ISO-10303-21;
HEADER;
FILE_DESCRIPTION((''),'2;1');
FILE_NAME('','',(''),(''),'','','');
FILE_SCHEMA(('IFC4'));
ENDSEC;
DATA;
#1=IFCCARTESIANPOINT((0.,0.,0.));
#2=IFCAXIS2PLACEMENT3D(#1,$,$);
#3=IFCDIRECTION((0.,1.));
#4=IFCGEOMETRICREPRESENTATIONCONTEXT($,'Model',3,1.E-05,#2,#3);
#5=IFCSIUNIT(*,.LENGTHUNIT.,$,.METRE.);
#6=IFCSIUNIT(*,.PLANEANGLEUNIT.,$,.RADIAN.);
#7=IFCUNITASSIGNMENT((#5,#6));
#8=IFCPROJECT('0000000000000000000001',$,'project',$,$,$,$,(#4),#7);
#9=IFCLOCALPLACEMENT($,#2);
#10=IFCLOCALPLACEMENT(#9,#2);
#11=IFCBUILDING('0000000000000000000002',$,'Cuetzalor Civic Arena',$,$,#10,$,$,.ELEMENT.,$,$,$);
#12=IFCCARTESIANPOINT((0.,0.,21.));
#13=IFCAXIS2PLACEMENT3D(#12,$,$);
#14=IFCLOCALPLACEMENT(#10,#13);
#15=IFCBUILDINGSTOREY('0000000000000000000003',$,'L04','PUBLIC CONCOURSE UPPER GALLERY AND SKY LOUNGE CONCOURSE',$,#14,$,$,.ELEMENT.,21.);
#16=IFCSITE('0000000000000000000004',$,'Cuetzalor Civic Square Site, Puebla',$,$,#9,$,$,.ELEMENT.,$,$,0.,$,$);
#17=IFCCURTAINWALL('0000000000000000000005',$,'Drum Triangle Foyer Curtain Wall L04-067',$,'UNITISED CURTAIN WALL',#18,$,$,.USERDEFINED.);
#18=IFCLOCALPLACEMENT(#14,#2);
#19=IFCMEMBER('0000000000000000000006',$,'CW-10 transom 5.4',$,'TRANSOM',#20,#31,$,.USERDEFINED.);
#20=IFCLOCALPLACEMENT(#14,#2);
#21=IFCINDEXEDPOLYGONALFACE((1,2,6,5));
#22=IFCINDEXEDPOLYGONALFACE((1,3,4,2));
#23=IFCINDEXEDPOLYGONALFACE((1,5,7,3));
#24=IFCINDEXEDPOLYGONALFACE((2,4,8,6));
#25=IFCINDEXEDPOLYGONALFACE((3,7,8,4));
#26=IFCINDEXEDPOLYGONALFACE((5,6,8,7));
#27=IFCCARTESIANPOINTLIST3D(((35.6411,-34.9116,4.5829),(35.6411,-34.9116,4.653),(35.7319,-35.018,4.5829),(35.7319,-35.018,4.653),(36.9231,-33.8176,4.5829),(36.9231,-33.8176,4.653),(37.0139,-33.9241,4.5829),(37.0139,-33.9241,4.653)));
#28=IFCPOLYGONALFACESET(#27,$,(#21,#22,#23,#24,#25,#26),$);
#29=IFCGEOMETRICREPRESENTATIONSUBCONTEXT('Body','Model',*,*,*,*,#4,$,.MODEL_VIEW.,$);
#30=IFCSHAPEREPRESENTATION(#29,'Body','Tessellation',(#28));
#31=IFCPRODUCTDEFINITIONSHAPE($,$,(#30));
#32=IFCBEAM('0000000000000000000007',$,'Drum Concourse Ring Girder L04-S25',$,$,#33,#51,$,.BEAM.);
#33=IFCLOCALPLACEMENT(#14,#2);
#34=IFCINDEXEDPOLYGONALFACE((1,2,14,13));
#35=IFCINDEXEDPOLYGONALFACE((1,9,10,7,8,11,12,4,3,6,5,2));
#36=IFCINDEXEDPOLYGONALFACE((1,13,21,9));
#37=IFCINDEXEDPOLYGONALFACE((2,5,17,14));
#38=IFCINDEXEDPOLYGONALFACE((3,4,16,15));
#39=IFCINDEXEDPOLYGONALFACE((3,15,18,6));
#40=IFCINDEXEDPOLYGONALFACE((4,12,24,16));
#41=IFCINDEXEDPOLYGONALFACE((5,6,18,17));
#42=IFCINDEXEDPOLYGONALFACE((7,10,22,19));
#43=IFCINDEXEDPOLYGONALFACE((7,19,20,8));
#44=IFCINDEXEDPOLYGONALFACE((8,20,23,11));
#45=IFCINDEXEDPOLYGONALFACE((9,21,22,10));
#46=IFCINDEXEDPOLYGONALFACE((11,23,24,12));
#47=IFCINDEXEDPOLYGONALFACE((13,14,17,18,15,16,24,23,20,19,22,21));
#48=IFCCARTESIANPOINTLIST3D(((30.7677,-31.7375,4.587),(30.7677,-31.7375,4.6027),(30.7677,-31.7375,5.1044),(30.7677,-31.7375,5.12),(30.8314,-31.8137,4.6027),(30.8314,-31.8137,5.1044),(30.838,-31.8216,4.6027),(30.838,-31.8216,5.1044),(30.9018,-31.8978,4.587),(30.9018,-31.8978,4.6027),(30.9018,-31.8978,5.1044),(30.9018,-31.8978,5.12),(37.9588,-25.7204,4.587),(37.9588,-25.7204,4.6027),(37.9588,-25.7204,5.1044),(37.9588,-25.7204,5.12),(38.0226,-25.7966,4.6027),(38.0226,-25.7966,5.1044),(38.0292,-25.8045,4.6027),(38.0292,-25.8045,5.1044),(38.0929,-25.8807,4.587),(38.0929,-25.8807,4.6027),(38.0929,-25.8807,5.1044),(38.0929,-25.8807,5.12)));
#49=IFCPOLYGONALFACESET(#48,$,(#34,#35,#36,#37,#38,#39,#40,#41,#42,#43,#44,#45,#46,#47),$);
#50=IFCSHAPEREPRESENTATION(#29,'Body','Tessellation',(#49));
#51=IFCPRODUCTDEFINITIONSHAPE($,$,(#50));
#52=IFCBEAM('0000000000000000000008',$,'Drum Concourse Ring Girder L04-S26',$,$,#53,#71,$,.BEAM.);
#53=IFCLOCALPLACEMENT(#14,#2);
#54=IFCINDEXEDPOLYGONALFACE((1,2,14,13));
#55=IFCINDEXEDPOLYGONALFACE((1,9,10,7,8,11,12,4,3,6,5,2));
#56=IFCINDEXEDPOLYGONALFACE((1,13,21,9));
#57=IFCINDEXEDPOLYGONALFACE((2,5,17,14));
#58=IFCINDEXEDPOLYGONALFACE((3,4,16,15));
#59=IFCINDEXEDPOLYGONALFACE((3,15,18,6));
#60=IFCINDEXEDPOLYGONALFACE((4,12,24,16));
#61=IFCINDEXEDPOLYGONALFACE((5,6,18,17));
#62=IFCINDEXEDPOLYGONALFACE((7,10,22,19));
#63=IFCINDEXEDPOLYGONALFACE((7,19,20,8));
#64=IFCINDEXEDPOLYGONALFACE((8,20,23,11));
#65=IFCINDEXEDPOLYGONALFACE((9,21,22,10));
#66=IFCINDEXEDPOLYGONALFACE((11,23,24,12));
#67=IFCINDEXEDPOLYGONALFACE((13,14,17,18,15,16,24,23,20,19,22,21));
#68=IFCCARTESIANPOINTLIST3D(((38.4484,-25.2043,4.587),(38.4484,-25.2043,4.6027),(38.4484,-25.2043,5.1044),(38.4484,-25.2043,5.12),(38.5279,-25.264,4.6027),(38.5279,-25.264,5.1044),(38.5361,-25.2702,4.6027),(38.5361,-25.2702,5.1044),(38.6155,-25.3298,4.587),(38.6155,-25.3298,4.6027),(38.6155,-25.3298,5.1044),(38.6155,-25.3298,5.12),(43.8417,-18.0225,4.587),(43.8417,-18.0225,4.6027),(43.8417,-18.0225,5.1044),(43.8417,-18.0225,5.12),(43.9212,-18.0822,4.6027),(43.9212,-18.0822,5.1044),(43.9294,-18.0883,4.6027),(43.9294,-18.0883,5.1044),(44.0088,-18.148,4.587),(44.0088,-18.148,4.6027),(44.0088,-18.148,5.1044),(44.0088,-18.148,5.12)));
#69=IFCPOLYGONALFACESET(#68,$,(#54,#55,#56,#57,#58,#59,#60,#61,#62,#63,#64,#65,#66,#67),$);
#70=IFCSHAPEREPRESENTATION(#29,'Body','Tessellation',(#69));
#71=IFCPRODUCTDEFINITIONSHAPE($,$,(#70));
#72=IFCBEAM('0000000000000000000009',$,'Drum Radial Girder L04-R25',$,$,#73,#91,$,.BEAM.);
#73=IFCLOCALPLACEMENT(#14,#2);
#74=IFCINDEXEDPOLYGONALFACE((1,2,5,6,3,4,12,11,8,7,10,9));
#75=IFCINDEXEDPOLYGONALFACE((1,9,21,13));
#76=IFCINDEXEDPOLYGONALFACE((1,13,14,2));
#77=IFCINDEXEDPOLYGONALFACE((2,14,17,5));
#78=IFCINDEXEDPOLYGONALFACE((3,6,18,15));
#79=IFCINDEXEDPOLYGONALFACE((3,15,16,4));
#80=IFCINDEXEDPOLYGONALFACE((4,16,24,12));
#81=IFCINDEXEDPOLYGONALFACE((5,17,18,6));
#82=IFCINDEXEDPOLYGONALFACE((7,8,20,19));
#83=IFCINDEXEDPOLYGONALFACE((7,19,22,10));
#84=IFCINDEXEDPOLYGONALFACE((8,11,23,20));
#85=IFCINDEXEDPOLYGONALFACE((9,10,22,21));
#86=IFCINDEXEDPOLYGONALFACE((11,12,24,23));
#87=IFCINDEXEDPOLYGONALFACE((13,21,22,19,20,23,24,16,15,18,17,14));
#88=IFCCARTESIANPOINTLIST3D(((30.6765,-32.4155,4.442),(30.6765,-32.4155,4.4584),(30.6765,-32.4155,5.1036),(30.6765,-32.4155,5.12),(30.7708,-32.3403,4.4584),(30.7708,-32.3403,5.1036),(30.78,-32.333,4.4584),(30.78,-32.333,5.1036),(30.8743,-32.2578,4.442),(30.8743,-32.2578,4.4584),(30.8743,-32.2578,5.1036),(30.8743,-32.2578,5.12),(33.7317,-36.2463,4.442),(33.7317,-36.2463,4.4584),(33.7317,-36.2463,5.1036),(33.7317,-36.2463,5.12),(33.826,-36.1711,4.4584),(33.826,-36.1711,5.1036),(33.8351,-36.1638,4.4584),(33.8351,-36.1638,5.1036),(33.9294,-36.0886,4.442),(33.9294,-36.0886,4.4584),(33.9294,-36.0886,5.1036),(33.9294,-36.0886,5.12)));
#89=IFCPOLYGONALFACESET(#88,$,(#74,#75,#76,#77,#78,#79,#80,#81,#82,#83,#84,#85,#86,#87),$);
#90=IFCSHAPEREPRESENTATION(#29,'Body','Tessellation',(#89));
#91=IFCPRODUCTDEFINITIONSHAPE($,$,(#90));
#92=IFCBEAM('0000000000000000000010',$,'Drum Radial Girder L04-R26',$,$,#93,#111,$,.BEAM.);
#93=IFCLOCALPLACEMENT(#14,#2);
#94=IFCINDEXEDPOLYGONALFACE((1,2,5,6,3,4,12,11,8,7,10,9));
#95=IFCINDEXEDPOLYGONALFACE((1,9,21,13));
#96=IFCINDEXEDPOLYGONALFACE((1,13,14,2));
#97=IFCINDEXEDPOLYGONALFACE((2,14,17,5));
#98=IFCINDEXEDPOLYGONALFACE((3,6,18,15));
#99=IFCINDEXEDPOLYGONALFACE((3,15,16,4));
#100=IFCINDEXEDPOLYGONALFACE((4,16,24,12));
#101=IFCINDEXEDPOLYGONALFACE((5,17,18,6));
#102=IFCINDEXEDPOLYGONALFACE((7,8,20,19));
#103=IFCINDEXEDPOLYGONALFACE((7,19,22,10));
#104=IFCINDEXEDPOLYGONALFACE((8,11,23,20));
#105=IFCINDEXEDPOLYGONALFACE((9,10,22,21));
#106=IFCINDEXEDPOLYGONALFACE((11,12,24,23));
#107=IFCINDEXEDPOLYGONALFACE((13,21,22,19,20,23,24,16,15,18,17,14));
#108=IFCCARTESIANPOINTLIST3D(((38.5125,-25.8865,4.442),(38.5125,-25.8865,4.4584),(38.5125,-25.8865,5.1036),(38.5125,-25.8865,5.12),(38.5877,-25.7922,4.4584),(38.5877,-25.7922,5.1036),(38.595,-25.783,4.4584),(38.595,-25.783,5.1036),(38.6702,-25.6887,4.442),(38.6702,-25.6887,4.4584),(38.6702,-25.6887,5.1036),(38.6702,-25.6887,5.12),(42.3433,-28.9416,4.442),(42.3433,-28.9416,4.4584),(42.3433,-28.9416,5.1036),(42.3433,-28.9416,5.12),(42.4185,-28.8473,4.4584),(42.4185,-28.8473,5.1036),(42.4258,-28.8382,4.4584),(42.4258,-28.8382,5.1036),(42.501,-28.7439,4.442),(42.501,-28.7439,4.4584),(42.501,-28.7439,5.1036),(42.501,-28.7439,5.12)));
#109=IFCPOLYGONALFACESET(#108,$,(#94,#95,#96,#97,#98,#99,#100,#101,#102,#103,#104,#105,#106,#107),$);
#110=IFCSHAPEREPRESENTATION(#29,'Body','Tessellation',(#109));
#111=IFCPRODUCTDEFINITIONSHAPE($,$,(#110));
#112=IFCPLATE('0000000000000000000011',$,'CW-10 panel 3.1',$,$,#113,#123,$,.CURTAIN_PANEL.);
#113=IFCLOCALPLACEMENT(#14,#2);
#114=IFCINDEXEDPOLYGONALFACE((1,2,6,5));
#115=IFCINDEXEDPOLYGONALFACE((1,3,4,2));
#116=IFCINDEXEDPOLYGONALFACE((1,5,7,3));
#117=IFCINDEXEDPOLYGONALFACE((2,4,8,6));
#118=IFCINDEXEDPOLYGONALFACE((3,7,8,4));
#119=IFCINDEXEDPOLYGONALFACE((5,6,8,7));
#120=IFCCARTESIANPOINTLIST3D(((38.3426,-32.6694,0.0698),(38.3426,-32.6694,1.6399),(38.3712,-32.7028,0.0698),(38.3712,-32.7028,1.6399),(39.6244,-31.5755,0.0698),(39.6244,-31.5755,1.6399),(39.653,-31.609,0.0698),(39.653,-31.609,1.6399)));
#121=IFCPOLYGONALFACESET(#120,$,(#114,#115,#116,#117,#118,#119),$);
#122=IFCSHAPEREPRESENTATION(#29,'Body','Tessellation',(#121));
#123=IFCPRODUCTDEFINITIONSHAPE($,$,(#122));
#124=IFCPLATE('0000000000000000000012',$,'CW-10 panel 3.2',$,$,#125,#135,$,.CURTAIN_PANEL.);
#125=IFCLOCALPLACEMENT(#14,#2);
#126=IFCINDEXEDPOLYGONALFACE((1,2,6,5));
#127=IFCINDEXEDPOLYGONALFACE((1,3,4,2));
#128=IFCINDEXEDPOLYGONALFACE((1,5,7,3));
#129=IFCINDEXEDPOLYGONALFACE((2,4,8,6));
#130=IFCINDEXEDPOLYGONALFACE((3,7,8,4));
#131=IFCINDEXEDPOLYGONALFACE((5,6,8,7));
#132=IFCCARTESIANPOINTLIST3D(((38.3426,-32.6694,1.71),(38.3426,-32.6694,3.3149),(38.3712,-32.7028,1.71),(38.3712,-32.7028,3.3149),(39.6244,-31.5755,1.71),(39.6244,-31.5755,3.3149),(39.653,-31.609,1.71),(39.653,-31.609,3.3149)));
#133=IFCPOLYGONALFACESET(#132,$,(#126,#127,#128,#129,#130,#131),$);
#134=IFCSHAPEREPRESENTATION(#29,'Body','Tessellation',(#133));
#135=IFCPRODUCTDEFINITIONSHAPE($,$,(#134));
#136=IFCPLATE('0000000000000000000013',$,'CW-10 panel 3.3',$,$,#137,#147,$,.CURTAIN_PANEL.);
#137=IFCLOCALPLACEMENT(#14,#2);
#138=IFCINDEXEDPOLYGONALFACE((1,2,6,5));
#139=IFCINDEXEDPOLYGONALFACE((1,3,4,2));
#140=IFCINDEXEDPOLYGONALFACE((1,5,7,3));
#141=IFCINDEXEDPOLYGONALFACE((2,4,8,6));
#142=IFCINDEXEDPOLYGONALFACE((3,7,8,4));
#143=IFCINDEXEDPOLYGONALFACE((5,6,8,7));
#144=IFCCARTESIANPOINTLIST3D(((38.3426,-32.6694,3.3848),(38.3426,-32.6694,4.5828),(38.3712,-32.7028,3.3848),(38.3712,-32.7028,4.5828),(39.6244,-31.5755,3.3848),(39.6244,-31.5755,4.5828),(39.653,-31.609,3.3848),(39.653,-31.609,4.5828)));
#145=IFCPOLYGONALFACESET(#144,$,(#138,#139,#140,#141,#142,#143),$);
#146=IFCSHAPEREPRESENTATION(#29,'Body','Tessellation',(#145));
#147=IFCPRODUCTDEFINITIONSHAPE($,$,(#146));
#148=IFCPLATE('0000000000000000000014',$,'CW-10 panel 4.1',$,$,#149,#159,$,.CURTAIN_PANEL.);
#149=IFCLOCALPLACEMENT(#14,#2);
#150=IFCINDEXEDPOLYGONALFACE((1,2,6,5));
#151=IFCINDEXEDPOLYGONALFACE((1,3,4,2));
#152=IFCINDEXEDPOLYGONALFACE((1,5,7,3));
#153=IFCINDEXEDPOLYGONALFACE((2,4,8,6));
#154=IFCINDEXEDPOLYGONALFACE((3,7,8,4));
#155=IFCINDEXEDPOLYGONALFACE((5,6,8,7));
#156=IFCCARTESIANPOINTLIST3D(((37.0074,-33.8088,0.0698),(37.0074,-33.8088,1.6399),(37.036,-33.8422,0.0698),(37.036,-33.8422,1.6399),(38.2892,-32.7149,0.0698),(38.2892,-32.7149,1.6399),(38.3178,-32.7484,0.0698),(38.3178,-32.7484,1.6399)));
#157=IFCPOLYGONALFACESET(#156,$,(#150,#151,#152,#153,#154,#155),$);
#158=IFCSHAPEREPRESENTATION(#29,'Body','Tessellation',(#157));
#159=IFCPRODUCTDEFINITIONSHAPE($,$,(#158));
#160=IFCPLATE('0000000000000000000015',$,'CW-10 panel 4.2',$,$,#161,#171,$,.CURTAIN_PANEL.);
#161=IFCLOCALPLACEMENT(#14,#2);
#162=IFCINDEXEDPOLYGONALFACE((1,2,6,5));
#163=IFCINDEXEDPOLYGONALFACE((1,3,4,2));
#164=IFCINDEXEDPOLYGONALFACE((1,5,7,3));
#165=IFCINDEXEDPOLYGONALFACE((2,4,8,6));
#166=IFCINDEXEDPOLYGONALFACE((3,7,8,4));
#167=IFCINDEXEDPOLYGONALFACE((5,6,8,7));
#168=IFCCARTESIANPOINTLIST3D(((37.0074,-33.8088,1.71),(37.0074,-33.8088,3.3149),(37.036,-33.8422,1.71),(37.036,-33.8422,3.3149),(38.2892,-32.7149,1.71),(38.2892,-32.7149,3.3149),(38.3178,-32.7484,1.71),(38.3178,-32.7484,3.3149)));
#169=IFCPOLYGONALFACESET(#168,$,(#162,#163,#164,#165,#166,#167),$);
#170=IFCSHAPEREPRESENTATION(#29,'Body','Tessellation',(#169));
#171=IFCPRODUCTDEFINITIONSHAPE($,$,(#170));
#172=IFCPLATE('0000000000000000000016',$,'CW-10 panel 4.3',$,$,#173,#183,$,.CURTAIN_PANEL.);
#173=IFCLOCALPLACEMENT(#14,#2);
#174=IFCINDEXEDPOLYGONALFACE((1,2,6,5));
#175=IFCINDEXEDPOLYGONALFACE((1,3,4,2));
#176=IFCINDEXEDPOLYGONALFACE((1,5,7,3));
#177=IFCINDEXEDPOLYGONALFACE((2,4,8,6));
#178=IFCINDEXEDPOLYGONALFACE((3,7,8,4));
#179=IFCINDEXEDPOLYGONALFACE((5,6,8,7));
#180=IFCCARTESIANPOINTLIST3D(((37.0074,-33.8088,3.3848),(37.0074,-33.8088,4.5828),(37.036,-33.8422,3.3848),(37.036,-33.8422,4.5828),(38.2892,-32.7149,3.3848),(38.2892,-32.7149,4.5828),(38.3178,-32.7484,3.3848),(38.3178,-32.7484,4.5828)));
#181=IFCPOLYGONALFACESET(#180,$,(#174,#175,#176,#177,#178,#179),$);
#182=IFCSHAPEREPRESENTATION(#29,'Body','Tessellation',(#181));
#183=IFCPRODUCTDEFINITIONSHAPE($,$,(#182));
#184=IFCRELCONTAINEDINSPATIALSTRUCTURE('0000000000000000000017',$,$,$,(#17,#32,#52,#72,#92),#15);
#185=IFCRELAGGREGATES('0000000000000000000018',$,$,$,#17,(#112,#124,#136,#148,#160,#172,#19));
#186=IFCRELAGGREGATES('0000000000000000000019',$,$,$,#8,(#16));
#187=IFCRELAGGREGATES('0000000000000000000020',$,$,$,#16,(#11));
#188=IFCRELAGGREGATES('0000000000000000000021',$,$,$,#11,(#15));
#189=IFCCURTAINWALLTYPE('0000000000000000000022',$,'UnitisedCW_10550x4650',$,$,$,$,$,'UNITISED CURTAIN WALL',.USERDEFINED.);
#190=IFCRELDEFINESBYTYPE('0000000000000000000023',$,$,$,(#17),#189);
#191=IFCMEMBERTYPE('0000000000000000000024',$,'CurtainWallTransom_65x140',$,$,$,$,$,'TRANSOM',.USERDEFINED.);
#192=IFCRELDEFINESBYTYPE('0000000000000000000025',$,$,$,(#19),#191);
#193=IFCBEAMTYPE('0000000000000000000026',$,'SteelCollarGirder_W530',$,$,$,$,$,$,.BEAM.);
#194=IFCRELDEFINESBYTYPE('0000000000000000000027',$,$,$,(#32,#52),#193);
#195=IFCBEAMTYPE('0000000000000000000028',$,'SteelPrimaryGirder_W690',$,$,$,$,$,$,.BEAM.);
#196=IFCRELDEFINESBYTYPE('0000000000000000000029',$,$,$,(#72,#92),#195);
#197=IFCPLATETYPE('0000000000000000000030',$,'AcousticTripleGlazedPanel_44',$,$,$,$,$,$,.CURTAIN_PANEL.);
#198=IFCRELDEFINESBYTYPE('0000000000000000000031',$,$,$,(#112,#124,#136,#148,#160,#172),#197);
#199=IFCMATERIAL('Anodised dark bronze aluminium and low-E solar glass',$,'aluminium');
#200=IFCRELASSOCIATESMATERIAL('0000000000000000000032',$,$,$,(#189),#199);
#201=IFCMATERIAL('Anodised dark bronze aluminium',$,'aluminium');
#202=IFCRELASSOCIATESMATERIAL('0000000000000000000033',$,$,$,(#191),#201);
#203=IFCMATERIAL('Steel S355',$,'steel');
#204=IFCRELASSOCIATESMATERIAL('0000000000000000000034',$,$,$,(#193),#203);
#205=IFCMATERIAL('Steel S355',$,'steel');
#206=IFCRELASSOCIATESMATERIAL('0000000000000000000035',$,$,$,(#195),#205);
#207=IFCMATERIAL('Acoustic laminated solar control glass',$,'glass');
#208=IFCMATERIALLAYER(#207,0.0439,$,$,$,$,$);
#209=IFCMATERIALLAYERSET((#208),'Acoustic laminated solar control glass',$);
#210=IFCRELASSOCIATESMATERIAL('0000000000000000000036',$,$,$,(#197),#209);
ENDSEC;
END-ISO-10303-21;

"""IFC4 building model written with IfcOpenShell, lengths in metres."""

from ifc_helpers import new_model, si_unit, direction, frame, origin, origin_2d, place, context, subcontext, project, spatial, rectangle, i_section, extrude, material, layer, layer_set, material_profile, profile_set, type_object, element, aggregate, save


model = new_model("IFC4")

# Units and contexts
model_context = context("Model", 3, precision=1e-05, world=origin(), true_north=direction((0.0, 1.0)))
body_context = subcontext(model_context, "Body", "Model", "MODEL_VIEW")
ifc_project = project(units=[si_unit("LENGTHUNIT", "METRE"), si_unit("PLANEANGLEUNIT", "RADIAN")], contexts=[model_context])

# Site, building, storey
site_placement = place(None, origin())
site = spatial("IfcSite", under=ifc_project, at=site_placement, Name="Cuetzalor Civic Square Site, Puebla", CompositionType="ELEMENT", RefElevation=0.0)
building_placement = place(site_placement, origin())
building = spatial("IfcBuilding", under=site, at=building_placement, Name="Cuetzalor Civic Arena", CompositionType="ELEMENT")
storey_placement = place(building_placement, frame((0.0, 0.0, 21.0)))
storey = spatial("IfcBuildingStorey", under=building, at=storey_placement, Name="L04", Description="PUBLIC CONCOURSE UPPER GALLERY AND SKY LOUNGE CONCOURSE", CompositionType="ELEMENT", Elevation=21.0)

# Curtain wall, member
ifc_material_1 = material(Name="Anodised dark bronze aluminium and low-E solar glass", Category="aluminium")
curtain_wall_type = type_object("IfcCurtainWallType", Name="UnitisedCW_10550x4650", ElementType="UNITISED CURTAIN WALL", PredefinedType="USERDEFINED", material=ifc_material_1)
curtain_wall_placement = place(storey_placement, origin())
curtain_wall = element("IfcCurtainWall", 1, at=curtain_wall_placement, inside=storey, type_object=curtain_wall_type, Name="Drum Triangle Foyer Curtain Wall L04-067", ObjectType="UNITISED CURTAIN WALL", PredefinedType="USERDEFINED")
ifc_material_2 = material(Name="Anodised dark bronze aluminium", Category="aluminium")
ifc_material_profile_1 = material_profile(ifc_material_2, rectangle(XDim=0.1399, YDim=0.0701, at=origin_2d()), Name="ALU TRANSOM 70x140")
ifc_profile_set_1 = profile_set([ifc_material_profile_1], Name="Anodised dark bronze aluminium")
member_type_1 = type_object("IfcMemberType", Name="CurtainWallTransom_65x140", ElementType="TRANSOM", PredefinedType="USERDEFINED", material=ifc_profile_set_1)
member_1_placement = place(storey_placement, frame((36.9685, -33.8708, 4.6179), z_axis=(-0.760676, -0.649132, 0.0), x_axis=(0.649132, -0.760676, 0.0)))
member_1 = element("IfcMember", 2, at=member_1_placement, type_object=member_type_1, Name="CW-10 transom 5.4", ObjectType="TRANSOM", PredefinedType="USERDEFINED", context=body_context, shape_type="SweptSolid", body=[
    extrude(rectangle(XDim=0.1399, YDim=0.0701, at=origin_2d()), origin(), (0.0, 0.0, 1.0), 1.6853),
])

# Beams
ifc_material_3 = material(Name="Steel S355", Category="steel")
ifc_material_profile_2 = material_profile(ifc_material_3, i_section(OverallWidth=0.209, OverallDepth=0.533, WebThickness=0.0103, FlangeThickness=0.0156, at=origin_2d()), Name="W530x92")
ifc_profile_set_2 = profile_set([ifc_material_profile_2], Name="Steel S355")
beam_type_1 = type_object("IfcBeamType", Name="SteelCollarGirder_W530", PredefinedType="BEAM", material=ifc_profile_set_2)
beam_1_placement = place(storey_placement, frame((30.8347, -31.8176, 4.8535), z_axis=(0.766937, 0.641722, 0.0), x_axis=(-0.641722, 0.766937, 0.0)))
element("IfcBeam", 3, at=beam_1_placement, inside=storey, type_object=beam_type_1, Name="Drum Concourse Ring Girder L04-S25", PredefinedType="BEAM", context=body_context, shape_type="SweptSolid", body=[
    extrude(i_section(OverallWidth=0.209, OverallDepth=0.533, WebThickness=0.0103, FlangeThickness=0.0156, at=origin_2d()), origin(), (0.0, 0.0, 1.0), 9.3765),
])
beam_2_placement = place(storey_placement, frame((38.532, -25.2671, 4.8535), z_axis=(0.600491, 0.799631, 0.0), x_axis=(-0.799631, 0.600491, 0.0)))
element("IfcBeam", 4, at=beam_2_placement, inside=storey, type_object=beam_type_1, Name="Drum Concourse Ring Girder L04-S26", PredefinedType="BEAM", context=body_context, shape_type="SweptSolid", body=[
    extrude(i_section(OverallWidth=0.209, OverallDepth=0.533, WebThickness=0.0103, FlangeThickness=0.0156, at=origin_2d()), origin(), (0.0, 0.0, 1.0), 8.9814),
])
ifc_material_4 = material(Name="Steel S355", Category="steel")
ifc_material_profile_3 = material_profile(ifc_material_4, i_section(OverallWidth=0.2529, OverallDepth=0.678, WebThickness=0.0117, FlangeThickness=0.0164, at=origin_2d()), Name="W690x125")
ifc_profile_set_3 = profile_set([ifc_material_profile_3], Name="Steel S355")
beam_type_2 = type_object("IfcBeamType", Name="SteelPrimaryGirder_W690", PredefinedType="BEAM", material=ifc_profile_set_3)
for number, where, z_axis, x_axis, name in (
    (5, (30.7754, -32.3367, 4.781), (0.623516, -0.781811, 0.0), (0.781811, 0.623516, 0.0), "Drum Radial Girder L04-R25"),
    (6, (38.5913, -25.7876, 4.781), (0.781811, -0.623516, 0.0), (0.623516, 0.781811, 0.0), "Drum Radial Girder L04-R26"),
):
    element("IfcBeam", number, at=place(storey_placement, frame(where, z_axis=z_axis, x_axis=x_axis)), inside=storey, type_object=beam_type_2, Name=name, PredefinedType="BEAM", context=body_context, shape_type="SweptSolid", body=[
        extrude(i_section(OverallWidth=0.2529, OverallDepth=0.678, WebThickness=0.0117, FlangeThickness=0.0164, at=origin_2d()), origin(), (0.0, 0.0, 1.0), 4.8999),
    ])

# Plates
ifc_material_5 = material(Name="Acoustic laminated solar control glass", Category="glass")
ifc_layer = layer(ifc_material_5, 0.0439)
ifc_layer_set = layer_set([ifc_layer], Name="Acoustic laminated solar control glass")
plate_type = type_object("IfcPlateType", Name="AcousticTripleGlazedPanel_44", PredefinedType="CURTAIN_PANEL", material=ifc_layer_set)
plate_1_placement = place(storey_placement, frame((38.9978, -32.1392, 0.0698), z_axis=(0.0, 0.0, 1.0), x_axis=(-0.760677, -0.64913, 0.0)))
plate_1 = element("IfcPlate", 7, at=plate_1_placement, type_object=plate_type, Name="CW-10 panel 3.1", PredefinedType="CURTAIN_PANEL", context=body_context, shape_type="SweptSolid", body=[
    extrude(rectangle(XDim=1.6851, YDim=0.0439, at=origin_2d()), origin(), (0.0, 0.0, 1.0), 1.5701),
])
plate_2_placement = place(storey_placement, frame((38.9978, -32.1392, 1.71), z_axis=(0.0, 0.0, 1.0), x_axis=(-0.760677, -0.64913, 0.0)))
plate_2 = element("IfcPlate", 8, at=plate_2_placement, type_object=plate_type, Name="CW-10 panel 3.2", PredefinedType="CURTAIN_PANEL", context=body_context, shape_type="SweptSolid", body=[
    extrude(rectangle(XDim=1.6851, YDim=0.0439, at=origin_2d()), origin(), (0.0, 0.0, 1.0), 1.605),
])
plate_3_placement = place(storey_placement, frame((38.9978, -32.1392, 3.3848), z_axis=(0.0, 0.0, 1.0), x_axis=(-0.760677, -0.64913, 0.0)))
plate_3 = element("IfcPlate", 9, at=plate_3_placement, type_object=plate_type, Name="CW-10 panel 3.3", PredefinedType="CURTAIN_PANEL", context=body_context, shape_type="SweptSolid", body=[
    extrude(rectangle(XDim=1.6851, YDim=0.0439, at=origin_2d()), origin(), (0.0, 0.0, 1.0), 1.198),
])
plate_4_placement = place(storey_placement, frame((37.6626, -33.2786, 0.0698), z_axis=(0.0, 0.0, 1.0), x_axis=(-0.760677, -0.64913, 0.0)))
plate_4 = element("IfcPlate", 10, at=plate_4_placement, type_object=plate_type, Name="CW-10 panel 4.1", PredefinedType="CURTAIN_PANEL", context=body_context, shape_type="SweptSolid", body=[
    extrude(rectangle(XDim=1.6851, YDim=0.0439, at=origin_2d()), origin(), (0.0, 0.0, 1.0), 1.5701),
])
plate_5_placement = place(storey_placement, frame((37.6626, -33.2786, 1.71), z_axis=(0.0, 0.0, 1.0), x_axis=(-0.760677, -0.64913, 0.0)))
plate_5 = element("IfcPlate", 11, at=plate_5_placement, type_object=plate_type, Name="CW-10 panel 4.2", PredefinedType="CURTAIN_PANEL", context=body_context, shape_type="SweptSolid", body=[
    extrude(rectangle(XDim=1.6851, YDim=0.0439, at=origin_2d()), origin(), (0.0, 0.0, 1.0), 1.605),
])
plate_6_placement = place(storey_placement, frame((37.6626, -33.2786, 3.3848), z_axis=(0.0, 0.0, 1.0), x_axis=(-0.760677, -0.64913, 0.0)))
plate_6 = element("IfcPlate", 12, at=plate_6_placement, type_object=plate_type, Name="CW-10 panel 4.3", PredefinedType="CURTAIN_PANEL", context=body_context, shape_type="SweptSolid", body=[
    extrude(rectangle(XDim=1.6851, YDim=0.0439, at=origin_2d()), origin(), (0.0, 0.0, 1.0), 1.198),
])
aggregate(curtain_wall, [plate_1, plate_2, plate_3, plate_4, plate_5, plate_6, member_1])

save(model, "model.ifc")
